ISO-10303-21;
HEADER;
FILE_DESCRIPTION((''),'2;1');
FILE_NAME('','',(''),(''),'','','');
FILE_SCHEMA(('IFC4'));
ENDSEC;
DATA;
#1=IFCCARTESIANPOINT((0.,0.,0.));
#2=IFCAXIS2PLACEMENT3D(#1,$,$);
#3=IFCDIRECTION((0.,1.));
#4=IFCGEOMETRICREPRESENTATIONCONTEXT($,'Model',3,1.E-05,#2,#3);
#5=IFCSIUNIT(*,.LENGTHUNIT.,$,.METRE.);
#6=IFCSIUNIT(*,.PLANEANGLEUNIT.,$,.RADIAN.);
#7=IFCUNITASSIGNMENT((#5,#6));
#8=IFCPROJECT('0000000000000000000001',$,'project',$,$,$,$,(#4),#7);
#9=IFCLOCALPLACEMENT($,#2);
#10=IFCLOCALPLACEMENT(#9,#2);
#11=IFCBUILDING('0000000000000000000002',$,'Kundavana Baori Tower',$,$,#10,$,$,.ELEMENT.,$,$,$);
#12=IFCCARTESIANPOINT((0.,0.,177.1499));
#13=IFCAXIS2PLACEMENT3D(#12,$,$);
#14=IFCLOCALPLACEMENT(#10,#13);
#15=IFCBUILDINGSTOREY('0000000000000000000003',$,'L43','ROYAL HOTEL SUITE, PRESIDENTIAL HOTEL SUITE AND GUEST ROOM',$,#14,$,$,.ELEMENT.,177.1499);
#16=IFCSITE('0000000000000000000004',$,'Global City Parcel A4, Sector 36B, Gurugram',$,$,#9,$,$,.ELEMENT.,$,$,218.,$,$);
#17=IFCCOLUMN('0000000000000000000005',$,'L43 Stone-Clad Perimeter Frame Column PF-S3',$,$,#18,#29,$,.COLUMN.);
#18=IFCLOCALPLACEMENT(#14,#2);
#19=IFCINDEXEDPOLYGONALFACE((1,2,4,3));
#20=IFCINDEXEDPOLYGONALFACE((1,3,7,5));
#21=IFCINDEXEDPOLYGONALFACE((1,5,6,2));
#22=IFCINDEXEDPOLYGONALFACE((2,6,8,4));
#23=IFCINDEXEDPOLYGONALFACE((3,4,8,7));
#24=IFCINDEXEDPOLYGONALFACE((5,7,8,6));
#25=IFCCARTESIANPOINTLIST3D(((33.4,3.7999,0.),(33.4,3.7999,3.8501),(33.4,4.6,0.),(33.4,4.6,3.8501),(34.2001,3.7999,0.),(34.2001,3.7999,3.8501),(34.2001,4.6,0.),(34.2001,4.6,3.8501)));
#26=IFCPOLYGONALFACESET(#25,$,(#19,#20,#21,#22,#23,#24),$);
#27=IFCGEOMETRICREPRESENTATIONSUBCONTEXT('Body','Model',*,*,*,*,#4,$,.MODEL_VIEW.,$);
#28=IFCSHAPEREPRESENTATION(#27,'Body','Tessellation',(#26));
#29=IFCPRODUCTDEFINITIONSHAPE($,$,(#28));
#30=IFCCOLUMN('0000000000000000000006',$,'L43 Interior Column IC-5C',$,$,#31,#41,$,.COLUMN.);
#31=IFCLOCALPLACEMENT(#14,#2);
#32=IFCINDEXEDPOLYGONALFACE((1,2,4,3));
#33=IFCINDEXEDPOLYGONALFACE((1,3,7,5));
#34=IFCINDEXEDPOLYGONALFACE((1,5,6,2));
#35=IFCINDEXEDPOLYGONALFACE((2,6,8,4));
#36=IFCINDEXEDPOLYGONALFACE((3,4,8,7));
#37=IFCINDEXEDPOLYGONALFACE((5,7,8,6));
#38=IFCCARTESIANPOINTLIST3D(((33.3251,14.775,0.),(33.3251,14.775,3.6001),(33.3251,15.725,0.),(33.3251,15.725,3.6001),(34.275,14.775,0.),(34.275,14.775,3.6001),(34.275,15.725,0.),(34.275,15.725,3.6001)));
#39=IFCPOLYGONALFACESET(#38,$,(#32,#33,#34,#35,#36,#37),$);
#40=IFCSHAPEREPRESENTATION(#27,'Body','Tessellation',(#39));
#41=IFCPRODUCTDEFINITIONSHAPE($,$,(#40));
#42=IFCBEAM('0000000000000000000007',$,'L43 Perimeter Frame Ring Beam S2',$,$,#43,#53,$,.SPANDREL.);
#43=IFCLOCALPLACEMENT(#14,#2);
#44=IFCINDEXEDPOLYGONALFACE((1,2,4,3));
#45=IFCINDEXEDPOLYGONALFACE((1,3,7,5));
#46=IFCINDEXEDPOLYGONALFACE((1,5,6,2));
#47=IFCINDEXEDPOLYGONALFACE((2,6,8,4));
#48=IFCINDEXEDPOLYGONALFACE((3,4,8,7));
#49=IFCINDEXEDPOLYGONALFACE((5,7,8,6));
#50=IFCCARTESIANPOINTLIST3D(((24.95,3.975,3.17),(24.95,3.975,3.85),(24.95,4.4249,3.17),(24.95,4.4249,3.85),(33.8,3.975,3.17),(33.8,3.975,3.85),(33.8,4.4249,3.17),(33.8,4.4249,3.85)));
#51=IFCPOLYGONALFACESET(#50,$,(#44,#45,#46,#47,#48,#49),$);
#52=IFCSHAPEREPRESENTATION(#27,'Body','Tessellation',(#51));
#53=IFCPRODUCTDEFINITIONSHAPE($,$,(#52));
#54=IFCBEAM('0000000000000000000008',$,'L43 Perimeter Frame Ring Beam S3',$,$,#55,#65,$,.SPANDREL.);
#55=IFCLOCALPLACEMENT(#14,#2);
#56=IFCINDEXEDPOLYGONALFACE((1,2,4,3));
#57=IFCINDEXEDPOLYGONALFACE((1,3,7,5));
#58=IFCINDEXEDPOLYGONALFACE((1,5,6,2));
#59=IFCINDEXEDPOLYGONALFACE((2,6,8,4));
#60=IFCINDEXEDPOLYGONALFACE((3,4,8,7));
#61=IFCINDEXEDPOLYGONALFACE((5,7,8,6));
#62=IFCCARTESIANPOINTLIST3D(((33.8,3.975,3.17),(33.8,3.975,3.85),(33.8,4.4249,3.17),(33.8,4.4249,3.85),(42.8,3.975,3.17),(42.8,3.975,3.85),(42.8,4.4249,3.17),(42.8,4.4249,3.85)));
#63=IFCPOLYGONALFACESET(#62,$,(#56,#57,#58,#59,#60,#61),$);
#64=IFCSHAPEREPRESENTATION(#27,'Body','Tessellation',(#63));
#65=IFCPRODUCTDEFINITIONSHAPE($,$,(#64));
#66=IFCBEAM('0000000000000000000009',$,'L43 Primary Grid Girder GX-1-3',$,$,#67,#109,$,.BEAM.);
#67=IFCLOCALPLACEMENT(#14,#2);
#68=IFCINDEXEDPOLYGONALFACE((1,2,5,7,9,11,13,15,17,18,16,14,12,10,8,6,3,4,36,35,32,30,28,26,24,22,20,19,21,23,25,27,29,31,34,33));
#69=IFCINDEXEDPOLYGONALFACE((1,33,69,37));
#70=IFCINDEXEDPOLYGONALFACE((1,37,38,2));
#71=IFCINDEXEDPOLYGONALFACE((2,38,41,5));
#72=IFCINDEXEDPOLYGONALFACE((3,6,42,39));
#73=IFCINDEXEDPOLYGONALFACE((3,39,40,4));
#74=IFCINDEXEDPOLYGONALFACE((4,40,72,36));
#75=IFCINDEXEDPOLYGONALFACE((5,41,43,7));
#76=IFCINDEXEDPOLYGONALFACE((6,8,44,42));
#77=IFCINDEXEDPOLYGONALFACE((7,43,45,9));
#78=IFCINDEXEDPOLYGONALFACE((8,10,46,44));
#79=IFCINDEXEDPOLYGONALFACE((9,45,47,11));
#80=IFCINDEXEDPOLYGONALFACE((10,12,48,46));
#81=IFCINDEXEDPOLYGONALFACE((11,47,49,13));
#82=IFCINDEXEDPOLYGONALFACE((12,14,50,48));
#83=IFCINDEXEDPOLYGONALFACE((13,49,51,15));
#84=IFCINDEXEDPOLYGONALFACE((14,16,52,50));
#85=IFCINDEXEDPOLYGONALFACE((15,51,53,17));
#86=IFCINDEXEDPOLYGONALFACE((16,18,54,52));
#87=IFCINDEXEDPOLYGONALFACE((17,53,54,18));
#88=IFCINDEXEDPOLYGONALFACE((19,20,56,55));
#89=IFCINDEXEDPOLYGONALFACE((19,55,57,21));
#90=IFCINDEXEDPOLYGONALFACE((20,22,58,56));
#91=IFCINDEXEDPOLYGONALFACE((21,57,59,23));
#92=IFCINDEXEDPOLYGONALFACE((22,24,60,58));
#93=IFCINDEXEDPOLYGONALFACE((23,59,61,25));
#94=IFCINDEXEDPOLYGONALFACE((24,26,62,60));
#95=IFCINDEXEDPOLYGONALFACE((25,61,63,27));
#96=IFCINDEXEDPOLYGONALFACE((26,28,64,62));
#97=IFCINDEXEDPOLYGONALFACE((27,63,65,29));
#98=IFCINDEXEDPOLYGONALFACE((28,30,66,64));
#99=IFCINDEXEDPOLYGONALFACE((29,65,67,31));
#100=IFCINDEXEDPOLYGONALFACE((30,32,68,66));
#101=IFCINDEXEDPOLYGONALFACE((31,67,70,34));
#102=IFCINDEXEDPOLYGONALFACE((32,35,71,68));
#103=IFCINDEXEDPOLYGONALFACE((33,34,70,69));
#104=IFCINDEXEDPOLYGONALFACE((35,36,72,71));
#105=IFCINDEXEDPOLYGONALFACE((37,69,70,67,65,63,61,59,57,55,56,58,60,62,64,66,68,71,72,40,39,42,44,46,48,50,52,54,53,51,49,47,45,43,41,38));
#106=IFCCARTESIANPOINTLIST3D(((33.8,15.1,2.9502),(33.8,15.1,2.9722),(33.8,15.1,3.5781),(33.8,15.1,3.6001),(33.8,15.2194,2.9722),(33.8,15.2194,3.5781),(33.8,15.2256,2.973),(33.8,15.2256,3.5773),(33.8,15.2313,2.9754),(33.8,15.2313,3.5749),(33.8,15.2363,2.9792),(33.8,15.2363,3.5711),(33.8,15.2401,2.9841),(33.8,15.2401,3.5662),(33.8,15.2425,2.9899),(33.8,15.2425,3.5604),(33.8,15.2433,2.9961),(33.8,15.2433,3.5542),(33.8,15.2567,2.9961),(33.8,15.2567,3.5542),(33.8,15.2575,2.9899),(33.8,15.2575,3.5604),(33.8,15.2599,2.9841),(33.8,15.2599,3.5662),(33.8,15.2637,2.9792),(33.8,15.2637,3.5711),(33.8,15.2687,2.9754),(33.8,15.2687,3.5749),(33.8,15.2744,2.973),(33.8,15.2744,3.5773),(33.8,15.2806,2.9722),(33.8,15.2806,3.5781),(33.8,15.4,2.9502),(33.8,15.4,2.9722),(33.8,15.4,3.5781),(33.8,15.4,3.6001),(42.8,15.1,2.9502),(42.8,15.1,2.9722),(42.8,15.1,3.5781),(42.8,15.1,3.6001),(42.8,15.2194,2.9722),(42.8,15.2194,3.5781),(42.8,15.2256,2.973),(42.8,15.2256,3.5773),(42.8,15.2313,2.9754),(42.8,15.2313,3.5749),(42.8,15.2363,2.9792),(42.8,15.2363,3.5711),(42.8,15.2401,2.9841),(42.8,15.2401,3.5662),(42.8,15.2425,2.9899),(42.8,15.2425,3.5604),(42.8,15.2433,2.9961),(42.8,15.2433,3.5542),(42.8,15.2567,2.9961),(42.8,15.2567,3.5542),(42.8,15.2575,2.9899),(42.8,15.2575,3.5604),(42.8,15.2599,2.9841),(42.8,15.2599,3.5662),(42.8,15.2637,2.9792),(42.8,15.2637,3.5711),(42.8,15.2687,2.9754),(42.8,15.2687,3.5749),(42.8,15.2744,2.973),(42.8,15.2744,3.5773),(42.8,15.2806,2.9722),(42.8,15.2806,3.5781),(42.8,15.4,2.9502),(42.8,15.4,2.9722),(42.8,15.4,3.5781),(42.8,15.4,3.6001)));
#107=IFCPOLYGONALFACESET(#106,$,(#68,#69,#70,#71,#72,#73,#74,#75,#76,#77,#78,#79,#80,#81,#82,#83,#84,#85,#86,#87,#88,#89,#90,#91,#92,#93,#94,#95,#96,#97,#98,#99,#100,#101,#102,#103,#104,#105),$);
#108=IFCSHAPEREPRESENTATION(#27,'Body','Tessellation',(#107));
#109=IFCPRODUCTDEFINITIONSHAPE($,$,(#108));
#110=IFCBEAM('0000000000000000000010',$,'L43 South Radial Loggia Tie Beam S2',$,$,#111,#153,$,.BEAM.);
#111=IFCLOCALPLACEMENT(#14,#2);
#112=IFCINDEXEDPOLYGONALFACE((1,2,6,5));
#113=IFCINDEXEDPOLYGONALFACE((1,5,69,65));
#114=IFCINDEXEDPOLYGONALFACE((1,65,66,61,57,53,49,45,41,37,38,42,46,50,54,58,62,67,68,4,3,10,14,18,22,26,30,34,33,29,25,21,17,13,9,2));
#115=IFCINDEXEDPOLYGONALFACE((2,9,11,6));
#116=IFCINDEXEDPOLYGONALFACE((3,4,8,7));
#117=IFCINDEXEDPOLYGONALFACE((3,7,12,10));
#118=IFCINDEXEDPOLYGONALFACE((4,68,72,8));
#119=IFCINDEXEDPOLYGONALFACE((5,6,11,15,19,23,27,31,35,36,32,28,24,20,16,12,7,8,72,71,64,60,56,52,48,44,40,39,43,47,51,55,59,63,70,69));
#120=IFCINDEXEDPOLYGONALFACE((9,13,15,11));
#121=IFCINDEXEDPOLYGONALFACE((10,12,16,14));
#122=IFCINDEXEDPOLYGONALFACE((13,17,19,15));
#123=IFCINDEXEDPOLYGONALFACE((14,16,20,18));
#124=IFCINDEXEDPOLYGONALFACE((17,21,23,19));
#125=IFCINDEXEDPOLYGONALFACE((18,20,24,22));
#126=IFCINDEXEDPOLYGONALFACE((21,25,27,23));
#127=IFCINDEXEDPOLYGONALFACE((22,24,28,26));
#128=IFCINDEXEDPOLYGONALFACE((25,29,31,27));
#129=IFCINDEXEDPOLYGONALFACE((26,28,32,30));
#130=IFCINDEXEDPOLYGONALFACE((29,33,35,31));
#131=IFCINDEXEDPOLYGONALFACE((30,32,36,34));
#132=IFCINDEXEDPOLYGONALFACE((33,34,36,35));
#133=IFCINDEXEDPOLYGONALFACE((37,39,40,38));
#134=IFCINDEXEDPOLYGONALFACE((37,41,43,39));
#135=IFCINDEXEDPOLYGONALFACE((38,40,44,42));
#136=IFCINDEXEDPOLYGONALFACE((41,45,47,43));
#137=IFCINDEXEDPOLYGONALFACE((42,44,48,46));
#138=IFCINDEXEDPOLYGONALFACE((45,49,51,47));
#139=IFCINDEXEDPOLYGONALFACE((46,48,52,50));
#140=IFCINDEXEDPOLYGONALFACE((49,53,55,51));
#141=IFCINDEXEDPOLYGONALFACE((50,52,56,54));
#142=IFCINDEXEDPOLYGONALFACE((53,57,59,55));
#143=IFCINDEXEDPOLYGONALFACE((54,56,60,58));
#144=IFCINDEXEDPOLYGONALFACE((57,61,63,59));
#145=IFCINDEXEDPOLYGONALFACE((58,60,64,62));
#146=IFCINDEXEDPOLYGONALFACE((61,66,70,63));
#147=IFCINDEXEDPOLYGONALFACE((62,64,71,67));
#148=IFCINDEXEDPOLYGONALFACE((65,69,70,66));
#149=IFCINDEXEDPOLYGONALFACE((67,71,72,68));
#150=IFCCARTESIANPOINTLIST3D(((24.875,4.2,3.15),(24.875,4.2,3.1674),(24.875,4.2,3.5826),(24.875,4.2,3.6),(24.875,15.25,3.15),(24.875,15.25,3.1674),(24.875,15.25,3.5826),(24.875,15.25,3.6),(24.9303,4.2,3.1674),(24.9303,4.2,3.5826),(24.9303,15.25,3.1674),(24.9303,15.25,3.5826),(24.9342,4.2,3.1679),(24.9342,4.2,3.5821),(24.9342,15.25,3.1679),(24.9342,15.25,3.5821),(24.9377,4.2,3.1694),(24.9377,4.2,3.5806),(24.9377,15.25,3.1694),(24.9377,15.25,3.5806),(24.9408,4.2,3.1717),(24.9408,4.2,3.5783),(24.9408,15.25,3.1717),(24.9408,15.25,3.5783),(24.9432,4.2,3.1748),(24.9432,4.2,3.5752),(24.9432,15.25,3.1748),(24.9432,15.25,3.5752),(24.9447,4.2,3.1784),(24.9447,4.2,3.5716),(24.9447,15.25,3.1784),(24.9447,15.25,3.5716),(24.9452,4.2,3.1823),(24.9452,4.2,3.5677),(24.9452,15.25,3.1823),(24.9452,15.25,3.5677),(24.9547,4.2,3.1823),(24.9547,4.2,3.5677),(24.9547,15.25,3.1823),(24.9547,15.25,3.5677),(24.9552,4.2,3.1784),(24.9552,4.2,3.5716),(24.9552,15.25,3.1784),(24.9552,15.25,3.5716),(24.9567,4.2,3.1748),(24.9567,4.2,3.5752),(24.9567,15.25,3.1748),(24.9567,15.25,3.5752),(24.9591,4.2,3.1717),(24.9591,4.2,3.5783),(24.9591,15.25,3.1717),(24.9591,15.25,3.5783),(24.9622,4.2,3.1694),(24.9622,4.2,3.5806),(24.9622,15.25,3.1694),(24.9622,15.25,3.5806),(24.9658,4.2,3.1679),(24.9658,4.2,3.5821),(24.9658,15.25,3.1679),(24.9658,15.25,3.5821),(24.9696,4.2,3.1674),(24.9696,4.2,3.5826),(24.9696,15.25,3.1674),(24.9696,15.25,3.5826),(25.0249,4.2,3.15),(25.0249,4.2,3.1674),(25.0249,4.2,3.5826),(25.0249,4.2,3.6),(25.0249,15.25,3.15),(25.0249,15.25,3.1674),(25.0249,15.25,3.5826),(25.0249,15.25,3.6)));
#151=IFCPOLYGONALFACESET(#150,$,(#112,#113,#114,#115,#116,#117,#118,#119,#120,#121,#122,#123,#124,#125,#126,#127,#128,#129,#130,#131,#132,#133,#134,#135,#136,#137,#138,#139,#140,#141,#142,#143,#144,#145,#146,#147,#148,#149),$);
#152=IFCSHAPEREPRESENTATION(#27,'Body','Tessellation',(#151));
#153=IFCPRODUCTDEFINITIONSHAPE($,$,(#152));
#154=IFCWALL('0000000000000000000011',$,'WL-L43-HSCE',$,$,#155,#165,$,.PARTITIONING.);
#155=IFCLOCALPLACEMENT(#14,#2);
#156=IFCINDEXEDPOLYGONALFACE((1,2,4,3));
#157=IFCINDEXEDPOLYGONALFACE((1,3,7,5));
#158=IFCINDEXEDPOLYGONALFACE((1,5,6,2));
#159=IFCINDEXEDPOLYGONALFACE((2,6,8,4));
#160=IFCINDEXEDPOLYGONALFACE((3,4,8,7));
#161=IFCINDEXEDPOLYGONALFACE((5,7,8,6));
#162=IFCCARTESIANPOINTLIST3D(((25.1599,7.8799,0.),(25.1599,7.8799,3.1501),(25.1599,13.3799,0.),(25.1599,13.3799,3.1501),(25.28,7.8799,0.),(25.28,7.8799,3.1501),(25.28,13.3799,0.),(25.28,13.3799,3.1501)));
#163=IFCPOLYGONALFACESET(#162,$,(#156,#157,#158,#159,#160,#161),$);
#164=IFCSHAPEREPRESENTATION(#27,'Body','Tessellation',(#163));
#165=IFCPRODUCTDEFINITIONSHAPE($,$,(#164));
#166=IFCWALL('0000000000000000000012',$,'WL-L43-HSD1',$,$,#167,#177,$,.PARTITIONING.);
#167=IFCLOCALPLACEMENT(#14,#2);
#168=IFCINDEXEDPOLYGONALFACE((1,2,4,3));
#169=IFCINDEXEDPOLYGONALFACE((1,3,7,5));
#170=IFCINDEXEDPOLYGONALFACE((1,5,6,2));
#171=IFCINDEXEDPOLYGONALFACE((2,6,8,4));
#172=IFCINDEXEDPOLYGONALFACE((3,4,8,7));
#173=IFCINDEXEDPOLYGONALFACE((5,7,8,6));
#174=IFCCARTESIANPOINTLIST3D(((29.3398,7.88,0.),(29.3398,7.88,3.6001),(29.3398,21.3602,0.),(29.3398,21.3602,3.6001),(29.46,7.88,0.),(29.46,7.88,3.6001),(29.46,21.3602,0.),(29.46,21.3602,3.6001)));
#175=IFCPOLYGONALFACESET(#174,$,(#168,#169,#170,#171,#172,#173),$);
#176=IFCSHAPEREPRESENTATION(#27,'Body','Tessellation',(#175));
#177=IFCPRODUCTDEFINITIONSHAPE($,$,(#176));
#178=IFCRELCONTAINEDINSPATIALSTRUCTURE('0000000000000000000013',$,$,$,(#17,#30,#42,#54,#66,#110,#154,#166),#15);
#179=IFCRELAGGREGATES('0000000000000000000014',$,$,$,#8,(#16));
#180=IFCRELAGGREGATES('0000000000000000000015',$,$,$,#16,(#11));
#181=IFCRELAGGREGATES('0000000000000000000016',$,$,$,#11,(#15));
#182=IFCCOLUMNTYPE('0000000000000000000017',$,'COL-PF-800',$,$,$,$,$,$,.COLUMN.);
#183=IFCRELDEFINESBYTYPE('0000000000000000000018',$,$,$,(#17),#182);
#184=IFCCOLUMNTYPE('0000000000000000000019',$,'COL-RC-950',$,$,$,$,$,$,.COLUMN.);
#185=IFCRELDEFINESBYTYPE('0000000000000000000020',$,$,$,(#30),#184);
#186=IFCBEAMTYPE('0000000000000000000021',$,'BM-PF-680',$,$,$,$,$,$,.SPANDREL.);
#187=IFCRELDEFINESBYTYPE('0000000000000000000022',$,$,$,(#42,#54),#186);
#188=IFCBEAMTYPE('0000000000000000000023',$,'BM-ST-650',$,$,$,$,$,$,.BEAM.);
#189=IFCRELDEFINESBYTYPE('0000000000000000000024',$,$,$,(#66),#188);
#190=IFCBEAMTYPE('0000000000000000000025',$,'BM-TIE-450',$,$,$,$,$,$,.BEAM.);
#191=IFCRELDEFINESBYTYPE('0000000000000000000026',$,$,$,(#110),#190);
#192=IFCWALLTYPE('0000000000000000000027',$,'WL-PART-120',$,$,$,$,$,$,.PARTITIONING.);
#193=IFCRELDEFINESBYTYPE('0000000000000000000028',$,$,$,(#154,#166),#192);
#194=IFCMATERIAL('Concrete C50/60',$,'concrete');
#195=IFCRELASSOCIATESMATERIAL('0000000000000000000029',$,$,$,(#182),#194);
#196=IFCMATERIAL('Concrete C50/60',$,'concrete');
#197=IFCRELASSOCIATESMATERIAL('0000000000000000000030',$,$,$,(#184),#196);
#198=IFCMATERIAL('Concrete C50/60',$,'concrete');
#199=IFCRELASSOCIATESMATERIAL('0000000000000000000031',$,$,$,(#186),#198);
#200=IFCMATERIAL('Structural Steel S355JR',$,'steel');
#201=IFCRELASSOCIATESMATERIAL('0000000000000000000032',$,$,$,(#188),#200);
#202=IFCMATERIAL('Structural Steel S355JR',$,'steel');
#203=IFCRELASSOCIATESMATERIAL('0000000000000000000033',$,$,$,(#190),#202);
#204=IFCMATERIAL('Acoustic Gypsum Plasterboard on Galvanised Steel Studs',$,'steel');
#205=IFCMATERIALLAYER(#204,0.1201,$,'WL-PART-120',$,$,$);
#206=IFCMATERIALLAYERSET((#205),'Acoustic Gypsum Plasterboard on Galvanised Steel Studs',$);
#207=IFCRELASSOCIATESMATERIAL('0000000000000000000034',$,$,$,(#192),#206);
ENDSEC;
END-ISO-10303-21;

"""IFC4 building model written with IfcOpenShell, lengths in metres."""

from ifc_helpers import new_model, si_unit, direction, frame, frame_2d, origin, origin_2d, place, context, subcontext, project, spatial, rectangle, i_section, extrude, material, layer, layer_set, material_profile, profile_set, type_object, element, save


model = new_model("IFC4")

# Units and contexts
model_context = context("Model", 3, precision=1e-05, world=origin(), true_north=direction((0.0, 1.0)))
body_context = subcontext(model_context, "Body", "Model", "MODEL_VIEW")
ifc_project = project(units=[si_unit("LENGTHUNIT", "METRE"), si_unit("PLANEANGLEUNIT", "RADIAN")], contexts=[model_context])

# Site, building, storey
site_placement = place(None, origin())
site = spatial("IfcSite", under=ifc_project, at=site_placement, Name="Global City Parcel A4, Sector 36B, Gurugram", CompositionType="ELEMENT", RefElevation=218.0)
building_placement = place(site_placement, origin())
building = spatial("IfcBuilding", under=site, at=building_placement, Name="Kundavana Baori Tower", CompositionType="ELEMENT")
storey_placement = place(building_placement, frame((0.0, 0.0, 177.1499)))
storey = spatial("IfcBuildingStorey", under=building, at=storey_placement, Name="L43", Description="ROYAL HOTEL SUITE, PRESIDENTIAL HOTEL SUITE AND GUEST ROOM", CompositionType="ELEMENT", Elevation=177.1499)

# Columns
ifc_material_1 = material(Name="Concrete C50/60", Category="concrete")
ifc_material_profile_1 = material_profile(ifc_material_1, rectangle(XDim=0.8, YDim=0.8, at=origin_2d()), Name="RC PF 800x800")
ifc_profile_set_1 = profile_set([ifc_material_profile_1], Name="Concrete C50/60")
column_type_1 = type_object("IfcColumnType", Name="COL-PF-800", PredefinedType="COLUMN", material=ifc_profile_set_1)
column_1_placement = place(storey_placement, frame((33.8, 4.2, 0.0), z_axis=(0.0, 0.0, 1.0), x_axis=(1.0, 0.0, 0.0)))
element("IfcColumn", 1, at=column_1_placement, inside=storey, type_object=column_type_1, Name="L43 Stone-Clad Perimeter Frame Column PF-S3", PredefinedType="COLUMN", context=body_context, shape_type="SweptSolid", body=[
    extrude(rectangle(XDim=0.8, YDim=0.8, at=origin_2d()), origin(), (0.0, 0.0, 1.0), 3.8501),
])
ifc_material_2 = material(Name="Concrete C50/60", Category="concrete")
ifc_material_profile_2 = material_profile(ifc_material_2, rectangle(XDim=0.95, YDim=0.95, at=origin_2d()), Name="RC 950x950")
ifc_profile_set_2 = profile_set([ifc_material_profile_2], Name="Concrete C50/60")
column_type_2 = type_object("IfcColumnType", Name="COL-RC-950", PredefinedType="COLUMN", material=ifc_profile_set_2)
column_2_placement = place(storey_placement, frame((33.8, 15.25, 0.0), z_axis=(0.0, 0.0, 1.0), x_axis=(1.0, 0.0, 0.0)))
element("IfcColumn", 2, at=column_2_placement, inside=storey, type_object=column_type_2, Name="L43 Interior Column IC-5C", PredefinedType="COLUMN", context=body_context, shape_type="SweptSolid", body=[
    extrude(rectangle(XDim=0.95, YDim=0.95, at=origin_2d()), origin(), (0.0, 0.0, 1.0), 3.6001),
])

# Beams
ifc_material_3 = material(Name="Concrete C50/60", Category="concrete")
ifc_material_profile_3 = material_profile(ifc_material_3, rectangle(XDim=0.45, YDim=0.6799, at=origin_2d()), Name="RC BM 450x680")
ifc_profile_set_3 = profile_set([ifc_material_profile_3], Name="Concrete C50/60")
beam_type_1 = type_object("IfcBeamType", Name="BM-PF-680", PredefinedType="SPANDREL", material=ifc_profile_set_3)
beam_1_placement = place(storey_placement, frame((24.95, 4.2, 3.51), z_axis=(1.0, 0.0, 0.0), x_axis=(0.0, 1.0, 0.0)))
element("IfcBeam", 3, at=beam_1_placement, inside=storey, type_object=beam_type_1, Name="L43 Perimeter Frame Ring Beam S2", PredefinedType="SPANDREL", context=body_context, shape_type="SweptSolid", body=[
    extrude(rectangle(XDim=0.45, YDim=0.6799, at=origin_2d()), origin(), (0.0, 0.0, 1.0), 8.8501),
])
beam_2_placement = place(storey_placement, frame((33.8, 4.2, 3.51), z_axis=(1.0, 0.0, 0.0), x_axis=(0.0, 1.0, 0.0)))
element("IfcBeam", 4, at=beam_2_placement, inside=storey, type_object=beam_type_1, Name="L43 Perimeter Frame Ring Beam S3", PredefinedType="SPANDREL", context=body_context, shape_type="SweptSolid", body=[
    extrude(rectangle(XDim=0.45, YDim=0.6799, at=origin_2d()), origin(), (0.0, 0.0, 1.0), 9.0),
])
ifc_material_4 = material(Name="Structural Steel S355JR", Category="steel")
ifc_material_profile_4 = material_profile(ifc_material_4, i_section(OverallWidth=0.3, OverallDepth=0.6499, WebThickness=0.0134, FlangeThickness=0.022, FilletRadius=0.0239, at=origin_2d()), Name="NPB 650x300x155")
ifc_profile_set_4 = profile_set([ifc_material_profile_4], Name="Structural Steel S355JR")
beam_type_2 = type_object("IfcBeamType", Name="BM-ST-650", PredefinedType="BEAM", material=ifc_profile_set_4)
beam_3_placement = place(storey_placement, frame((33.8, 15.25, 3.2751), z_axis=(1.0, 0.0, 0.0), x_axis=(0.0, 1.0, 0.0)))
element("IfcBeam", 5, at=beam_3_placement, inside=storey, type_object=beam_type_2, Name="L43 Primary Grid Girder GX-1-3", PredefinedType="BEAM", context=body_context, shape_type="SweptSolid", body=[
    extrude(i_section(OverallWidth=0.3, OverallDepth=0.6499, WebThickness=0.0134, FlangeThickness=0.022, FilletRadius=0.0239, at=origin_2d()), origin(), (0.0, 0.0, 1.0), 9.0),
])
ifc_material_5 = material(Name="Structural Steel S355JR", Category="steel")
ifc_material_profile_5 = material_profile(ifc_material_5, i_section(OverallWidth=0.1499, OverallDepth=0.45, WebThickness=0.0095, FlangeThickness=0.0173, FilletRadius=0.0149, at=origin_2d()), Name="ISMB 450")
ifc_profile_set_5 = profile_set([ifc_material_profile_5], Name="Structural Steel S355JR")
beam_type_3 = type_object("IfcBeamType", Name="BM-TIE-450", PredefinedType="BEAM", material=ifc_profile_set_5)
beam_4_placement = place(storey_placement, frame((24.95, 15.25, 3.375), z_axis=(0.0, -1.0, 0.0), x_axis=(1.0, 0.0, 0.0)))
element("IfcBeam", 6, at=beam_4_placement, inside=storey, type_object=beam_type_3, Name="L43 South Radial Loggia Tie Beam S2", PredefinedType="BEAM", context=body_context, shape_type="SweptSolid", body=[
    extrude(i_section(OverallWidth=0.1499, OverallDepth=0.45, WebThickness=0.0095, FlangeThickness=0.0173, FilletRadius=0.0149, at=origin_2d()), origin(), (0.0, 0.0, 1.0), 11.05),
])

# Walls
ifc_material_6 = material(Name="Acoustic Gypsum Plasterboard on Galvanised Steel Studs", Category="steel")
ifc_layer_1 = layer(ifc_material_6, 0.1201, Name="WL-PART-120")
ifc_layer_set_1 = layer_set([ifc_layer_1], Name="Acoustic Gypsum Plasterboard on Galvanised Steel Studs")
wall_type_1 = type_object("IfcWallType", Name="WL-PART-120", PredefinedType="PARTITIONING", material=ifc_layer_set_1)
wall_1_placement = place(storey_placement, frame((25.22, 7.8799, 0.0), z_axis=(0.0, 0.0, 1.0), x_axis=(0.0, 1.0, 0.0)))
element("IfcWall", 7, at=wall_1_placement, inside=storey, type_object=wall_type_1, Name="WL-L43-HSCE", PredefinedType="PARTITIONING", context=body_context, shape_type="SweptSolid", body=[
    extrude(rectangle(XDim=5.5, YDim=0.1201, at=frame_2d((2.75, 0.0))), origin(), (0.0, 0.0, 1.0), 3.1501),
])
wall_2_placement = place(storey_placement, frame((29.3999, 7.8799, 0.0), z_axis=(0.0, 0.0, 1.0), x_axis=(0.0, 1.0, 0.0)))
element("IfcWall", 8, at=wall_2_placement, inside=storey, type_object=wall_type_1, Name="WL-L43-HSD1", PredefinedType="PARTITIONING", context=body_context, shape_type="SweptSolid", body=[
    extrude(rectangle(XDim=13.4802, YDim=0.1201, at=frame_2d((6.7402, 0.0))), origin(), (0.0, 0.0, 1.0), 3.6001),
])

save(model, "model.ifc")
